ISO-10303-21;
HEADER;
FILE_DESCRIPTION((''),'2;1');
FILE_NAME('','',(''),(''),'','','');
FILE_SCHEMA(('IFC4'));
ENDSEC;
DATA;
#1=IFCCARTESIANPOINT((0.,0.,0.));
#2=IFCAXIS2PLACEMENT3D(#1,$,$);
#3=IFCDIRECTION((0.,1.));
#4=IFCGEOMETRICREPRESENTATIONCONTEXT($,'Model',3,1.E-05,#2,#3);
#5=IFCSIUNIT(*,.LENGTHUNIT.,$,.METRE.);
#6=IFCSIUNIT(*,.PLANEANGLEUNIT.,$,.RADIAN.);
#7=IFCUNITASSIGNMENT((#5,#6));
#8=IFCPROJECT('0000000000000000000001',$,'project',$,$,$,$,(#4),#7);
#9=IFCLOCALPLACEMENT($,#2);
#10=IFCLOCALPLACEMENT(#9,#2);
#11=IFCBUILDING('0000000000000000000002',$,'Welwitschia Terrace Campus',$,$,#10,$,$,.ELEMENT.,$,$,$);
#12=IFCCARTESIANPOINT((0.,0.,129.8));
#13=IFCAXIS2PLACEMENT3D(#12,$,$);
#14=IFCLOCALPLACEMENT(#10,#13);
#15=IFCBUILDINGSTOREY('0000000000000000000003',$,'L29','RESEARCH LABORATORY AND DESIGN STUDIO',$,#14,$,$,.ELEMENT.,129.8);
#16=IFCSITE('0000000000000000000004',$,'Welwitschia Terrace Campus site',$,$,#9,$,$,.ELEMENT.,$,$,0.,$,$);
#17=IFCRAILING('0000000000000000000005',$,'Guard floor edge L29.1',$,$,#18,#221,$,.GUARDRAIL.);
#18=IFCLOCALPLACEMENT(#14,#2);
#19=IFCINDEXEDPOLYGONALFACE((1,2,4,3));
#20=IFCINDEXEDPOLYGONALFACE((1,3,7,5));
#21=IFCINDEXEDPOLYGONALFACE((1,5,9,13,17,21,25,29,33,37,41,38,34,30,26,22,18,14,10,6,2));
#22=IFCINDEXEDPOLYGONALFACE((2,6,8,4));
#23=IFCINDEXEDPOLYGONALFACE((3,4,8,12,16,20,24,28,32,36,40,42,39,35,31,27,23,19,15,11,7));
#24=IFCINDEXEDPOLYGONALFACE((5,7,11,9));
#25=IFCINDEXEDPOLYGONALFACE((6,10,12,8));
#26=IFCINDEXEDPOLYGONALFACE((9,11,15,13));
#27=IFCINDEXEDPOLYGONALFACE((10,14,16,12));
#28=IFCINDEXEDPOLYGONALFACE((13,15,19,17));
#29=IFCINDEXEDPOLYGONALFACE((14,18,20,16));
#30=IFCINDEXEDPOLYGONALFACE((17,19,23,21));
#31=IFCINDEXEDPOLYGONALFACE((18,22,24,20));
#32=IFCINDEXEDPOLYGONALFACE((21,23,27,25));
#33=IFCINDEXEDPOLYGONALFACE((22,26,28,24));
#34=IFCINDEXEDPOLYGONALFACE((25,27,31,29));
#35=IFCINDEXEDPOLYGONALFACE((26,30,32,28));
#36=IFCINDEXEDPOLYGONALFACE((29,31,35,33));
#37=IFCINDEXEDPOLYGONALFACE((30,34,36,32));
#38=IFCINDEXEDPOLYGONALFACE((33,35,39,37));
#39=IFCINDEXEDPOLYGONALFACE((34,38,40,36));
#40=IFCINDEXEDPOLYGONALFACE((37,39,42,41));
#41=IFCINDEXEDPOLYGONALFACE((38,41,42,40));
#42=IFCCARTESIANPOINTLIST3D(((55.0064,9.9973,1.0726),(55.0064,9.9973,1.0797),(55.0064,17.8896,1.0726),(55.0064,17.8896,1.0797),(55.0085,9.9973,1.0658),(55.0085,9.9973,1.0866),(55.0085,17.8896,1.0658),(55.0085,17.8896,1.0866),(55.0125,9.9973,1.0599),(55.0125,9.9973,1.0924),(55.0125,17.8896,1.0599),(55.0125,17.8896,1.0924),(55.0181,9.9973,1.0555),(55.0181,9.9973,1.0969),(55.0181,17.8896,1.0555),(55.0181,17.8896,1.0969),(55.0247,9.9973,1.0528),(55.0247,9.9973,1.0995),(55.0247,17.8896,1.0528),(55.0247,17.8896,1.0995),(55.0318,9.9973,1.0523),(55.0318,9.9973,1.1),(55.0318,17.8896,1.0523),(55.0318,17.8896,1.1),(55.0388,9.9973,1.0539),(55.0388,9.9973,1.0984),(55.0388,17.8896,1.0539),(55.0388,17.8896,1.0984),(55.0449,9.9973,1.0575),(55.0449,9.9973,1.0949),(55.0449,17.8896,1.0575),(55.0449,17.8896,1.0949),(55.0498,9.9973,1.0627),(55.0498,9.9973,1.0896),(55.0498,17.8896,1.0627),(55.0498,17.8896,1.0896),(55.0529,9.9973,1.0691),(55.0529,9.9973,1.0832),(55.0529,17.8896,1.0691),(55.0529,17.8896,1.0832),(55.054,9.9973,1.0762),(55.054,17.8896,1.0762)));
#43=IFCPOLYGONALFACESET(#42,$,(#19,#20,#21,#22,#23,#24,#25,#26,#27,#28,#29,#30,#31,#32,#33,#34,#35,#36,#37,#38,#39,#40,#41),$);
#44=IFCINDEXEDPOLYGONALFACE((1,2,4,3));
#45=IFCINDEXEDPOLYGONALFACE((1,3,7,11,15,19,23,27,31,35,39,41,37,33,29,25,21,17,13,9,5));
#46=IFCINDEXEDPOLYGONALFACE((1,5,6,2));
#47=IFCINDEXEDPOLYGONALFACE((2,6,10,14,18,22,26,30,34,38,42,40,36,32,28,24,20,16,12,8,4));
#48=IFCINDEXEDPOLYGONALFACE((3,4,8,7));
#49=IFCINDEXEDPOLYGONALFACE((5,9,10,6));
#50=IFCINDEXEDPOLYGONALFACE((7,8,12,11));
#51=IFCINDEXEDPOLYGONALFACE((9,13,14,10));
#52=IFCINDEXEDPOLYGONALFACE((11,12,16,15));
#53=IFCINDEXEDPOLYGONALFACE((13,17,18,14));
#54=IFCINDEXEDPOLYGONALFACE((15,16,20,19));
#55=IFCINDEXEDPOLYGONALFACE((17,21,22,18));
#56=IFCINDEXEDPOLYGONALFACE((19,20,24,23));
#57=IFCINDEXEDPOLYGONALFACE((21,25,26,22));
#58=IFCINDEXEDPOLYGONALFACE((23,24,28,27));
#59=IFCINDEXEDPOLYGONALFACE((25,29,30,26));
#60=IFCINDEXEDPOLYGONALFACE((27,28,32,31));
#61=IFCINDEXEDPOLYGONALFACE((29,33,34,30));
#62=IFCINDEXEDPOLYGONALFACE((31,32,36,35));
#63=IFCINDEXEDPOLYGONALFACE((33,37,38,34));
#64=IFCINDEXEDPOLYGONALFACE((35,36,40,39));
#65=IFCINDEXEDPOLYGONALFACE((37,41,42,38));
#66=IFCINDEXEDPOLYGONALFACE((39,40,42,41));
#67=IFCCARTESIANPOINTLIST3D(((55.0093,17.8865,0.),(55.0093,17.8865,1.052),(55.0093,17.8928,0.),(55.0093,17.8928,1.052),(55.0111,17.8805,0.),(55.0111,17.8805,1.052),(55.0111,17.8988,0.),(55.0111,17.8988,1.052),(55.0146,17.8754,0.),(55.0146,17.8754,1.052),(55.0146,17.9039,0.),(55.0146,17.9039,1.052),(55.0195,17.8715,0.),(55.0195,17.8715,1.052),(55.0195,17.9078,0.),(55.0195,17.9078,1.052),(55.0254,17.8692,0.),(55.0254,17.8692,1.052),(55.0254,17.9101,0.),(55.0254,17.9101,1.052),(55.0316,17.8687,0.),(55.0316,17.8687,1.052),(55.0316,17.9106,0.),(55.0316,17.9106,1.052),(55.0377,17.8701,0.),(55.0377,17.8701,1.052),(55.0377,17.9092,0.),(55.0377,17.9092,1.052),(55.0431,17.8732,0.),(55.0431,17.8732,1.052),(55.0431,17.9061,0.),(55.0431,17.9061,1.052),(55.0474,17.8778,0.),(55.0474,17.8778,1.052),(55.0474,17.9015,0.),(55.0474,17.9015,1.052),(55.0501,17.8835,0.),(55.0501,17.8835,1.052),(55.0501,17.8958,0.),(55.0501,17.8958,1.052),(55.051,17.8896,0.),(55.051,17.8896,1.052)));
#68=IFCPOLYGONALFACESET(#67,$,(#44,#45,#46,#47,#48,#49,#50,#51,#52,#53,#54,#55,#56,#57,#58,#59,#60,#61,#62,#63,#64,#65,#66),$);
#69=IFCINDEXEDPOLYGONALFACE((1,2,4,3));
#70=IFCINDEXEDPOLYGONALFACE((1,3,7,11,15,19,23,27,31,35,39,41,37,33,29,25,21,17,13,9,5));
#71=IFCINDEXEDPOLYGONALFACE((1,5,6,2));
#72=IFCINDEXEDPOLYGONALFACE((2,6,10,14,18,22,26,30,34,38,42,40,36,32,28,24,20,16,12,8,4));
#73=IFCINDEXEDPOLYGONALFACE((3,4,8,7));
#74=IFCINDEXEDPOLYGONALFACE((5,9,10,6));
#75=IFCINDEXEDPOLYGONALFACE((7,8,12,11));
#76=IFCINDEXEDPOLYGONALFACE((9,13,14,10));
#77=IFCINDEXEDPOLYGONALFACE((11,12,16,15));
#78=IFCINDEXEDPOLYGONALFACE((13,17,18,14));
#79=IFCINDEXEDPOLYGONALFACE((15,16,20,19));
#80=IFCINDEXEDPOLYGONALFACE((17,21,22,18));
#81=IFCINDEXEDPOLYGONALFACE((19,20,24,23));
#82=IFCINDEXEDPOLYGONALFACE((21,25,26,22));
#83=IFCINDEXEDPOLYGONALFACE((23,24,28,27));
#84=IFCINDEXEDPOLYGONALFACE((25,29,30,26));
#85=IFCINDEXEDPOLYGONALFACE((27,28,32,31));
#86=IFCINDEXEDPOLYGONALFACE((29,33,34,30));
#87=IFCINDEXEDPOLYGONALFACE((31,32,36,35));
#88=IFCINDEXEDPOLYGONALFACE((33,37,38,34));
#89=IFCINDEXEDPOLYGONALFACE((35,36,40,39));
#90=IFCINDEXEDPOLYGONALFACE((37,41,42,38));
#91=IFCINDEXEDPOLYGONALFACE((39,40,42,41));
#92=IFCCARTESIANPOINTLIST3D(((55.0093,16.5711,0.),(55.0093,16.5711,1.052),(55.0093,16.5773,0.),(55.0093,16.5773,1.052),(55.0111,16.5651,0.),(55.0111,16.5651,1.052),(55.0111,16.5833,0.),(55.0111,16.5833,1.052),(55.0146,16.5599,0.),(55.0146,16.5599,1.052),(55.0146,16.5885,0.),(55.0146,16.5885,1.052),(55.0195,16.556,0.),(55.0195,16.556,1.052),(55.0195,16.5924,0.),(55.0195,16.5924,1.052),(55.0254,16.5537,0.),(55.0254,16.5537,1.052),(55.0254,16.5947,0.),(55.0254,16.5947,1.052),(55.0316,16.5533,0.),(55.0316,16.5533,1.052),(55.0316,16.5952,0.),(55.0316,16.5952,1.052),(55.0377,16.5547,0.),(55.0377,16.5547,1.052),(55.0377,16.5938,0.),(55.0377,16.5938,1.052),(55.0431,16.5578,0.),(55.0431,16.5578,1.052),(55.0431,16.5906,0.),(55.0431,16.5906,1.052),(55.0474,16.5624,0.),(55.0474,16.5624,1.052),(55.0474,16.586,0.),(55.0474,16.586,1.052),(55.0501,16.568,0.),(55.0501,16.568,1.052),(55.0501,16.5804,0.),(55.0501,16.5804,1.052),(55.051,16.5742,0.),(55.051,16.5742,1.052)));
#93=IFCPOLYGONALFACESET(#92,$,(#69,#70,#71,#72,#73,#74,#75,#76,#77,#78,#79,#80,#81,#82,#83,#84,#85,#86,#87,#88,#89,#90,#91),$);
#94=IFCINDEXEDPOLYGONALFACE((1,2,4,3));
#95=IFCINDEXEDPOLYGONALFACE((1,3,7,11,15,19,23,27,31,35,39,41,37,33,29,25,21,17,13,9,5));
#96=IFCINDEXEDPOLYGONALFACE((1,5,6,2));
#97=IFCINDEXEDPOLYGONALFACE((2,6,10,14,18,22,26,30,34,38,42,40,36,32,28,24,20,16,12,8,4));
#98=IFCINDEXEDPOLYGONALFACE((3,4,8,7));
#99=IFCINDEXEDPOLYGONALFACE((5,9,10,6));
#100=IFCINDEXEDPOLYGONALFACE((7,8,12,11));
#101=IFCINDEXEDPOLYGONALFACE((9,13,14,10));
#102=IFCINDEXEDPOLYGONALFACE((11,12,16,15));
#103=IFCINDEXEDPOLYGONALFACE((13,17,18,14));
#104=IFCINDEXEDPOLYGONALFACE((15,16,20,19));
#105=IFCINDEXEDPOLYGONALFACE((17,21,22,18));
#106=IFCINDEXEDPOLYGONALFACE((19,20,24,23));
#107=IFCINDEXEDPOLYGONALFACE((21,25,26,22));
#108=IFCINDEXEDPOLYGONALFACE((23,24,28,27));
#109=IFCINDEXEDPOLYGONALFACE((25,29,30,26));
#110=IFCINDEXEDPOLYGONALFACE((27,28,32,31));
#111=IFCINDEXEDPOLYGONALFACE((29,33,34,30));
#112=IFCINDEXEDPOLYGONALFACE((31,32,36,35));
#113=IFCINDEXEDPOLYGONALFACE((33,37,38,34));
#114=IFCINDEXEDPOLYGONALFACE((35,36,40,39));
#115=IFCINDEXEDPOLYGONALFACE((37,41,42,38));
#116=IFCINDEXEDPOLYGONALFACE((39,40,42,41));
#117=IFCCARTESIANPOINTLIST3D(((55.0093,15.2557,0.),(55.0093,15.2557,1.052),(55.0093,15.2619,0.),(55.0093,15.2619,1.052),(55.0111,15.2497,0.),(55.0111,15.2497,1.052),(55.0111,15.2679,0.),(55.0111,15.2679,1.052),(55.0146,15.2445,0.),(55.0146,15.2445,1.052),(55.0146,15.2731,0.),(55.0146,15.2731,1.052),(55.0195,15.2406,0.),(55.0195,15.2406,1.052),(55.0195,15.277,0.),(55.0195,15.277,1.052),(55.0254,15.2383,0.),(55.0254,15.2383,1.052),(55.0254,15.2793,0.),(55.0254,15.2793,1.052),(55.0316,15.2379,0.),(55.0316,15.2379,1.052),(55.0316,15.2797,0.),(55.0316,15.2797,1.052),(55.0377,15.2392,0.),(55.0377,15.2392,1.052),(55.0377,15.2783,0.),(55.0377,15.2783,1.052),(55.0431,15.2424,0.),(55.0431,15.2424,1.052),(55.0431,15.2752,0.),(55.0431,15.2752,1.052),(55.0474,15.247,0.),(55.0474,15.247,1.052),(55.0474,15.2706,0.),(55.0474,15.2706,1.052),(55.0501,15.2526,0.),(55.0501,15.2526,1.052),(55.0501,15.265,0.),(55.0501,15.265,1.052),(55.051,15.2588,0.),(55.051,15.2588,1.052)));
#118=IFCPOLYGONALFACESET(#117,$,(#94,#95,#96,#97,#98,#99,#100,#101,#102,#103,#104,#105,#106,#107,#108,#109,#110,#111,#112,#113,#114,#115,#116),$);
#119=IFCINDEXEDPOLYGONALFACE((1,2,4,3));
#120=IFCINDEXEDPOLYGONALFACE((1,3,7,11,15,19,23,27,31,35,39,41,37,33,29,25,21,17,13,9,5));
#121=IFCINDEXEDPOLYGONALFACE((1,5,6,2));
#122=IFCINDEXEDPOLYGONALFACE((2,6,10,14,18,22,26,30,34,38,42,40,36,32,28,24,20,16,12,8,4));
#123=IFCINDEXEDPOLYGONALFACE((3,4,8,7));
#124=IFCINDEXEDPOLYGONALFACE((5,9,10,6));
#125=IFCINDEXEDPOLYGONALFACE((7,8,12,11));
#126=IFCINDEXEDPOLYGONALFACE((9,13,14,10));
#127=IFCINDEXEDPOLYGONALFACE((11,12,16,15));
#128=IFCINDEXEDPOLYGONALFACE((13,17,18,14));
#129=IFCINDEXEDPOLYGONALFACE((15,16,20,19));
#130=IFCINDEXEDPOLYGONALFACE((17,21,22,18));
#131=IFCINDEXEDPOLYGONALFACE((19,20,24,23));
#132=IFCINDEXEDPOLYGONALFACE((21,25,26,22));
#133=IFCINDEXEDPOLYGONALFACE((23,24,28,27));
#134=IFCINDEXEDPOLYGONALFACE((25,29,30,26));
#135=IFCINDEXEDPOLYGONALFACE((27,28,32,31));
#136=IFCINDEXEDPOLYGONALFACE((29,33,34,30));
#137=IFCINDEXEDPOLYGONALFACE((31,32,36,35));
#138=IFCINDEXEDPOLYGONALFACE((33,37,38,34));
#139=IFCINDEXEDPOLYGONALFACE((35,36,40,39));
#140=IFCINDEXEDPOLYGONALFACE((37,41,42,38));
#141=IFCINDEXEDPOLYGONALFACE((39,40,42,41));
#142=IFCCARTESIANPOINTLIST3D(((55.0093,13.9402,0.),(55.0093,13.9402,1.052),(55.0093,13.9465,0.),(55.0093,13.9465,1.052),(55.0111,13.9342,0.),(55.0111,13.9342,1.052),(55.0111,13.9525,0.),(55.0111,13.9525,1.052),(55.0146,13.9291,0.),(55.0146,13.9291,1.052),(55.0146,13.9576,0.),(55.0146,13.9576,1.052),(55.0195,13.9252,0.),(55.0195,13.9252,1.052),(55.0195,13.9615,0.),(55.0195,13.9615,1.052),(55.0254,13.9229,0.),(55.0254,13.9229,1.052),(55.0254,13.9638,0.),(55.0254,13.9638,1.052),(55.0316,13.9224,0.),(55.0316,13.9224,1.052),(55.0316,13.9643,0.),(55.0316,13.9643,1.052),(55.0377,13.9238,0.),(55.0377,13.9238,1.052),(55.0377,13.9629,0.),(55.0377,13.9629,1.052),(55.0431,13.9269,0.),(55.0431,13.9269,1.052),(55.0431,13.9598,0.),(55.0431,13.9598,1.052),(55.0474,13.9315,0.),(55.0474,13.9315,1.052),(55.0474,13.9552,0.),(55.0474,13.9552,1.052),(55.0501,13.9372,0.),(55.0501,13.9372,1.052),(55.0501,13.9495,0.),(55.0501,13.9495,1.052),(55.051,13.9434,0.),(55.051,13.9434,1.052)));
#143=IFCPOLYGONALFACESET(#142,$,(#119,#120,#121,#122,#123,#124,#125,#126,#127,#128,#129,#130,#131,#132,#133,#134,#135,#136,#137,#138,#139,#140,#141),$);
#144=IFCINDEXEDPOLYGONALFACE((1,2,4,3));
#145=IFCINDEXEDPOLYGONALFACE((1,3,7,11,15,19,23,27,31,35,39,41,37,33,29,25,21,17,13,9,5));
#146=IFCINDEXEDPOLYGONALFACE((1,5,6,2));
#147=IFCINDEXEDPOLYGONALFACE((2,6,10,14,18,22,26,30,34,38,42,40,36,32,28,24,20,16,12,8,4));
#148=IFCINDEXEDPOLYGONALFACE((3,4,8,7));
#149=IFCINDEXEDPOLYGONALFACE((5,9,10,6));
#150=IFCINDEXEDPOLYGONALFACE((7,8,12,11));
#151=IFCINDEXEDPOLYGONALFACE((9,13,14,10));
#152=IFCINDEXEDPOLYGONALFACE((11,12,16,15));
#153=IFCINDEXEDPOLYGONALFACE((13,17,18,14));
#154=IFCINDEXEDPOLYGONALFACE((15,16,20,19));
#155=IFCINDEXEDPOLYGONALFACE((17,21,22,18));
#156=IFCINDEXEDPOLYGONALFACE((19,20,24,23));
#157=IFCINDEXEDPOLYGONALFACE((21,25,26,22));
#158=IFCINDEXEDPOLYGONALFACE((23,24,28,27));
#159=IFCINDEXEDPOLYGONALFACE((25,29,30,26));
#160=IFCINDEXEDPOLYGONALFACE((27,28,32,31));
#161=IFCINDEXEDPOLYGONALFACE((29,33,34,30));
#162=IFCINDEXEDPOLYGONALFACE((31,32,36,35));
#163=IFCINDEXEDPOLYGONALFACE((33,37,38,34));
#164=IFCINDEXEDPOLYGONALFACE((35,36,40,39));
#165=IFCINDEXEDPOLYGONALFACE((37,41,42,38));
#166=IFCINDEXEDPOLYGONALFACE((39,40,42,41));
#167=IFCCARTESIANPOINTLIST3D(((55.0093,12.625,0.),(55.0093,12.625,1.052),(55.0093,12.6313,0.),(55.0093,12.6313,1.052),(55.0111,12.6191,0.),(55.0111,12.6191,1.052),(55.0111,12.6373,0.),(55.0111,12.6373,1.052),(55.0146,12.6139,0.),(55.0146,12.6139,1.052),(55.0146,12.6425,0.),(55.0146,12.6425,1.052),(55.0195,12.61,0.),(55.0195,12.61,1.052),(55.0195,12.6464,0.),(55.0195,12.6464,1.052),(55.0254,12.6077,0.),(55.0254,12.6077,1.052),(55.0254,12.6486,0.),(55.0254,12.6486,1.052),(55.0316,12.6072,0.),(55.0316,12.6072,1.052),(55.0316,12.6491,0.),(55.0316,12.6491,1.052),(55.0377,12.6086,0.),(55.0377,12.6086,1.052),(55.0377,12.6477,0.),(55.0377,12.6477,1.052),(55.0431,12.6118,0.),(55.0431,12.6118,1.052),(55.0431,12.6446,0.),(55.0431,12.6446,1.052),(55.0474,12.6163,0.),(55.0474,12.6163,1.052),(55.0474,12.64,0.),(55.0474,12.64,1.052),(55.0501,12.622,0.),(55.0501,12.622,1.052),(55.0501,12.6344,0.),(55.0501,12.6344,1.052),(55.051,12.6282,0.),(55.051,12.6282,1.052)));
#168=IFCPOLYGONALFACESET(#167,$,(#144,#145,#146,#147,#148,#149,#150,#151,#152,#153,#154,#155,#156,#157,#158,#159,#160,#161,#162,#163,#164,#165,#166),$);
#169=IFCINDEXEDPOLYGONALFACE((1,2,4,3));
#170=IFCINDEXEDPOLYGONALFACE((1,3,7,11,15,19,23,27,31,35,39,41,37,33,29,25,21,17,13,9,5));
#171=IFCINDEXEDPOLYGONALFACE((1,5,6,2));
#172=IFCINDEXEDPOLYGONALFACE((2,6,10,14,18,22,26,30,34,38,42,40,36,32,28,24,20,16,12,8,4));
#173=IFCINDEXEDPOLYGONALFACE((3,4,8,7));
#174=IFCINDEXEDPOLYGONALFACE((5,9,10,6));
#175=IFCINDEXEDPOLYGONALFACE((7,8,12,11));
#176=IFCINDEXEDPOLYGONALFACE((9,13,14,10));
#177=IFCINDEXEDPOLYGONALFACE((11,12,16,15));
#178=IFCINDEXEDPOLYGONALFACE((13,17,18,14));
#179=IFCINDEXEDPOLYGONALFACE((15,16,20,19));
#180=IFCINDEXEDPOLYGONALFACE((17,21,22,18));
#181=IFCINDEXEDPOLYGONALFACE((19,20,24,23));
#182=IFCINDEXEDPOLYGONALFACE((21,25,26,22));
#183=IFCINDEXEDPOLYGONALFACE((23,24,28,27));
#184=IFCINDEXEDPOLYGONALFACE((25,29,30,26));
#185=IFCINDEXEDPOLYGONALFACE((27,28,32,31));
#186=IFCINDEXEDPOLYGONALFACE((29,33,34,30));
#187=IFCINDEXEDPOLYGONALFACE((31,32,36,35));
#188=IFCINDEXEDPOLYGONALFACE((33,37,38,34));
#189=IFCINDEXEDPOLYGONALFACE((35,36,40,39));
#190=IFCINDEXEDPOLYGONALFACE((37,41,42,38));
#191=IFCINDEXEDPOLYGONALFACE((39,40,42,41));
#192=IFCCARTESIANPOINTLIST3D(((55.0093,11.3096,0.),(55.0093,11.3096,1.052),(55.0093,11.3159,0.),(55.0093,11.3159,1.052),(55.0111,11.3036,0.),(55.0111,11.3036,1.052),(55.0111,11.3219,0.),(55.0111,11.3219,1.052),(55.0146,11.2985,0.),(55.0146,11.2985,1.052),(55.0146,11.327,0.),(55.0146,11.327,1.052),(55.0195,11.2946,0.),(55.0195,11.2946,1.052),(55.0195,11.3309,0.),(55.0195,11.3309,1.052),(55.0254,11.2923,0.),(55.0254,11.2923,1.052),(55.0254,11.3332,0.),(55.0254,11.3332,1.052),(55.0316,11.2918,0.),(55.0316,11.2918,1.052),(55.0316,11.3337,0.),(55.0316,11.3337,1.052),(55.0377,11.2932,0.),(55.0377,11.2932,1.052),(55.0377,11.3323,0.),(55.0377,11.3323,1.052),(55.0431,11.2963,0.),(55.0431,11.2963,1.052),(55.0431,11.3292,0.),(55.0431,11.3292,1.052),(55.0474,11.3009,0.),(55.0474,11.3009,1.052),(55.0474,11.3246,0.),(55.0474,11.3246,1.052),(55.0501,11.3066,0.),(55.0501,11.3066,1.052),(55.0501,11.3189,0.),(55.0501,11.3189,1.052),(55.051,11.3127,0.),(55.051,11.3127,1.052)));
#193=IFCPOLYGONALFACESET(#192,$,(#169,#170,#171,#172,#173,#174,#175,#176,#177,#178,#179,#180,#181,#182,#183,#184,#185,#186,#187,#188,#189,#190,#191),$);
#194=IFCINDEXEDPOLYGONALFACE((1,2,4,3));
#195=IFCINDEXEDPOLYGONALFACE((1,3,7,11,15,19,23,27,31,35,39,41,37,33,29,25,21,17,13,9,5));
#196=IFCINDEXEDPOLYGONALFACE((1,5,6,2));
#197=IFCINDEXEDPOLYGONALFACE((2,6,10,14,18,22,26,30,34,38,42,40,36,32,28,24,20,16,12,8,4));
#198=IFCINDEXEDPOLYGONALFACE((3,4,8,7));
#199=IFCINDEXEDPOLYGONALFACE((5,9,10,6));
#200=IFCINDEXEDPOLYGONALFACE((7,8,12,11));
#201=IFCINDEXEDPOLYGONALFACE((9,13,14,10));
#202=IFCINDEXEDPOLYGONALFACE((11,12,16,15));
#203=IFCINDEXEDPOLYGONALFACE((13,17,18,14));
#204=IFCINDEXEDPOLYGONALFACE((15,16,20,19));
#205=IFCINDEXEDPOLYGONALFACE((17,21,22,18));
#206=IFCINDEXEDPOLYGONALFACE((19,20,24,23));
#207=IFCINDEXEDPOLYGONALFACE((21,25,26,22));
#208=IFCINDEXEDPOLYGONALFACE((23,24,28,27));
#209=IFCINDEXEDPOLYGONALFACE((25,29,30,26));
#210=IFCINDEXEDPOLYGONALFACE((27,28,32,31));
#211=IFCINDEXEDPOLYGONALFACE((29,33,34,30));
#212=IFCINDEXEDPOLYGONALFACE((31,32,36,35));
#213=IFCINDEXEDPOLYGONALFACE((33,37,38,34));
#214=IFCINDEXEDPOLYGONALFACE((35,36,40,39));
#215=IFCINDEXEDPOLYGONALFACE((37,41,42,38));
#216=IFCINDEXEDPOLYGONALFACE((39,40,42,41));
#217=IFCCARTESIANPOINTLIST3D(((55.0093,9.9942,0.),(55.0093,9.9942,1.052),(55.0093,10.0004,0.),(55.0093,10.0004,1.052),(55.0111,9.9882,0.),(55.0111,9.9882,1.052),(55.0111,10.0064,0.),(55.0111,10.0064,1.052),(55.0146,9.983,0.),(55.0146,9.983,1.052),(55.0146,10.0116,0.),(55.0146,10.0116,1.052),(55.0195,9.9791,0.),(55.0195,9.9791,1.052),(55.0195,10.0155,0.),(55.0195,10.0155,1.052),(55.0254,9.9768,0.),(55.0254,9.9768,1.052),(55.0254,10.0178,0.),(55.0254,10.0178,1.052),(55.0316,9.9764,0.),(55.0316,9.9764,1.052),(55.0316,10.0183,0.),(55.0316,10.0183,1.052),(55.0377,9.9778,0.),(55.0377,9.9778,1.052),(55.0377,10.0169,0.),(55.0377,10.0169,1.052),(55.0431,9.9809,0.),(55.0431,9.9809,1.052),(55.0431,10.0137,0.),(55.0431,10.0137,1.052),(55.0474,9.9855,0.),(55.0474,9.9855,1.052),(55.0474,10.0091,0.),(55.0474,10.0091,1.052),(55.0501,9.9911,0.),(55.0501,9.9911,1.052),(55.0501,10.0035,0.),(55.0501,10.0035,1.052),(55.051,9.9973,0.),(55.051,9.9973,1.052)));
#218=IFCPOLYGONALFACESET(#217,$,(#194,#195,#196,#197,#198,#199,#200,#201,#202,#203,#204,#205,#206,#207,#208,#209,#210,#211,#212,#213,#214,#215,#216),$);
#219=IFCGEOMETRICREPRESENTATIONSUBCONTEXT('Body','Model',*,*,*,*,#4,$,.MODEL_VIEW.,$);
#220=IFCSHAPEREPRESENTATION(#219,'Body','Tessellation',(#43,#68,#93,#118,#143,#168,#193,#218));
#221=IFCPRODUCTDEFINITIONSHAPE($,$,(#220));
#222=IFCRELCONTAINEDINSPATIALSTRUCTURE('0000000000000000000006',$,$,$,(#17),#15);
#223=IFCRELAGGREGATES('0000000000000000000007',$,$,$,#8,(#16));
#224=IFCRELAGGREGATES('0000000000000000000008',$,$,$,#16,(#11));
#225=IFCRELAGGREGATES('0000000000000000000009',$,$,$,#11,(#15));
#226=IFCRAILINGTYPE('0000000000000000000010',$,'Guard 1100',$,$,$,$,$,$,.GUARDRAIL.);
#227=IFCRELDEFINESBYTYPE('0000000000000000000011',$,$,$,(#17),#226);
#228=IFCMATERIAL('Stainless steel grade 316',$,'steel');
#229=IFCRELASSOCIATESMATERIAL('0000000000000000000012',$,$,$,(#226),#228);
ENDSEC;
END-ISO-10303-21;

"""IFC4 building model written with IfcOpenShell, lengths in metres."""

from ifc_helpers import new_model, si_unit, direction, frame, origin, origin_2d, place, context, subcontext, project, spatial, circle, extrude, material, type_object, element, save


model = new_model("IFC4")

# Units and contexts
model_context = context("Model", 3, precision=1e-05, world=origin(), true_north=direction((0.0, 1.0)))
body_context = subcontext(model_context, "Body", "Model", "MODEL_VIEW")
ifc_project = project(units=[si_unit("LENGTHUNIT", "METRE"), si_unit("PLANEANGLEUNIT", "RADIAN")], contexts=[model_context])

# Site, building, storey
site_placement = place(None, origin())
site = spatial("IfcSite", under=ifc_project, at=site_placement, Name="Welwitschia Terrace Campus site", CompositionType="ELEMENT", RefElevation=0.0)
building_placement = place(site_placement, origin())
building = spatial("IfcBuilding", under=site, at=building_placement, Name="Welwitschia Terrace Campus", CompositionType="ELEMENT")
storey_placement = place(building_placement, frame((0.0, 0.0, 129.8)))
storey = spatial("IfcBuildingStorey", under=building, at=storey_placement, Name="L29", Description="RESEARCH LABORATORY AND DESIGN STUDIO", CompositionType="ELEMENT", Elevation=129.8)

# Railing
ifc_material_1 = material(Name="Stainless steel grade 316", Category="steel")
railing_type = type_object("IfcRailingType", Name="Guard 1100", PredefinedType="GUARDRAIL", material=ifc_material_1)
railing_1_placement = place(storey_placement, frame((55.03, 17.8896, 0.0)))
element("IfcRailing", 1, at=railing_1_placement, inside=storey, type_object=railing_type, Name="Guard floor edge L29.1", PredefinedType="GUARDRAIL", context=body_context, shape_type="SweptSolid", body=[
    extrude(circle(Radius=0.0239, at=origin_2d()), frame((0.0, 0.0, 1.0762), z_axis=(0.0, -1.0, 0.0), x_axis=(1.0, 0.0, 0.0)), (0.0, 0.0, 1.0), 7.8923),
    extrude(circle(Radius=0.021, at=origin_2d()), origin(), (0.0, 0.0, 1.0), 1.052),
    extrude(circle(Radius=0.021, at=origin_2d()), frame((0.0, -1.3154, 0.0)), (0.0, 0.0, 1.0), 1.052),
    extrude(circle(Radius=0.021, at=origin_2d()), frame((0.0, -2.6309, 0.0)), (0.0, 0.0, 1.0), 1.052),
    extrude(circle(Radius=0.021, at=origin_2d()), frame((0.0, -3.9463, 0.0)), (0.0, 0.0, 1.0), 1.052),
    extrude(circle(Radius=0.021, at=origin_2d()), frame((0.0, -5.2615, 0.0)), (0.0, 0.0, 1.0), 1.052),
    extrude(circle(Radius=0.021, at=origin_2d()), frame((0.0, -6.5769, 0.0)), (0.0, 0.0, 1.0), 1.052),
    extrude(circle(Radius=0.021, at=origin_2d()), frame((0.0, -7.8923, 0.0)), (0.0, 0.0, 1.0), 1.052),
])

save(model, "model.ifc")
